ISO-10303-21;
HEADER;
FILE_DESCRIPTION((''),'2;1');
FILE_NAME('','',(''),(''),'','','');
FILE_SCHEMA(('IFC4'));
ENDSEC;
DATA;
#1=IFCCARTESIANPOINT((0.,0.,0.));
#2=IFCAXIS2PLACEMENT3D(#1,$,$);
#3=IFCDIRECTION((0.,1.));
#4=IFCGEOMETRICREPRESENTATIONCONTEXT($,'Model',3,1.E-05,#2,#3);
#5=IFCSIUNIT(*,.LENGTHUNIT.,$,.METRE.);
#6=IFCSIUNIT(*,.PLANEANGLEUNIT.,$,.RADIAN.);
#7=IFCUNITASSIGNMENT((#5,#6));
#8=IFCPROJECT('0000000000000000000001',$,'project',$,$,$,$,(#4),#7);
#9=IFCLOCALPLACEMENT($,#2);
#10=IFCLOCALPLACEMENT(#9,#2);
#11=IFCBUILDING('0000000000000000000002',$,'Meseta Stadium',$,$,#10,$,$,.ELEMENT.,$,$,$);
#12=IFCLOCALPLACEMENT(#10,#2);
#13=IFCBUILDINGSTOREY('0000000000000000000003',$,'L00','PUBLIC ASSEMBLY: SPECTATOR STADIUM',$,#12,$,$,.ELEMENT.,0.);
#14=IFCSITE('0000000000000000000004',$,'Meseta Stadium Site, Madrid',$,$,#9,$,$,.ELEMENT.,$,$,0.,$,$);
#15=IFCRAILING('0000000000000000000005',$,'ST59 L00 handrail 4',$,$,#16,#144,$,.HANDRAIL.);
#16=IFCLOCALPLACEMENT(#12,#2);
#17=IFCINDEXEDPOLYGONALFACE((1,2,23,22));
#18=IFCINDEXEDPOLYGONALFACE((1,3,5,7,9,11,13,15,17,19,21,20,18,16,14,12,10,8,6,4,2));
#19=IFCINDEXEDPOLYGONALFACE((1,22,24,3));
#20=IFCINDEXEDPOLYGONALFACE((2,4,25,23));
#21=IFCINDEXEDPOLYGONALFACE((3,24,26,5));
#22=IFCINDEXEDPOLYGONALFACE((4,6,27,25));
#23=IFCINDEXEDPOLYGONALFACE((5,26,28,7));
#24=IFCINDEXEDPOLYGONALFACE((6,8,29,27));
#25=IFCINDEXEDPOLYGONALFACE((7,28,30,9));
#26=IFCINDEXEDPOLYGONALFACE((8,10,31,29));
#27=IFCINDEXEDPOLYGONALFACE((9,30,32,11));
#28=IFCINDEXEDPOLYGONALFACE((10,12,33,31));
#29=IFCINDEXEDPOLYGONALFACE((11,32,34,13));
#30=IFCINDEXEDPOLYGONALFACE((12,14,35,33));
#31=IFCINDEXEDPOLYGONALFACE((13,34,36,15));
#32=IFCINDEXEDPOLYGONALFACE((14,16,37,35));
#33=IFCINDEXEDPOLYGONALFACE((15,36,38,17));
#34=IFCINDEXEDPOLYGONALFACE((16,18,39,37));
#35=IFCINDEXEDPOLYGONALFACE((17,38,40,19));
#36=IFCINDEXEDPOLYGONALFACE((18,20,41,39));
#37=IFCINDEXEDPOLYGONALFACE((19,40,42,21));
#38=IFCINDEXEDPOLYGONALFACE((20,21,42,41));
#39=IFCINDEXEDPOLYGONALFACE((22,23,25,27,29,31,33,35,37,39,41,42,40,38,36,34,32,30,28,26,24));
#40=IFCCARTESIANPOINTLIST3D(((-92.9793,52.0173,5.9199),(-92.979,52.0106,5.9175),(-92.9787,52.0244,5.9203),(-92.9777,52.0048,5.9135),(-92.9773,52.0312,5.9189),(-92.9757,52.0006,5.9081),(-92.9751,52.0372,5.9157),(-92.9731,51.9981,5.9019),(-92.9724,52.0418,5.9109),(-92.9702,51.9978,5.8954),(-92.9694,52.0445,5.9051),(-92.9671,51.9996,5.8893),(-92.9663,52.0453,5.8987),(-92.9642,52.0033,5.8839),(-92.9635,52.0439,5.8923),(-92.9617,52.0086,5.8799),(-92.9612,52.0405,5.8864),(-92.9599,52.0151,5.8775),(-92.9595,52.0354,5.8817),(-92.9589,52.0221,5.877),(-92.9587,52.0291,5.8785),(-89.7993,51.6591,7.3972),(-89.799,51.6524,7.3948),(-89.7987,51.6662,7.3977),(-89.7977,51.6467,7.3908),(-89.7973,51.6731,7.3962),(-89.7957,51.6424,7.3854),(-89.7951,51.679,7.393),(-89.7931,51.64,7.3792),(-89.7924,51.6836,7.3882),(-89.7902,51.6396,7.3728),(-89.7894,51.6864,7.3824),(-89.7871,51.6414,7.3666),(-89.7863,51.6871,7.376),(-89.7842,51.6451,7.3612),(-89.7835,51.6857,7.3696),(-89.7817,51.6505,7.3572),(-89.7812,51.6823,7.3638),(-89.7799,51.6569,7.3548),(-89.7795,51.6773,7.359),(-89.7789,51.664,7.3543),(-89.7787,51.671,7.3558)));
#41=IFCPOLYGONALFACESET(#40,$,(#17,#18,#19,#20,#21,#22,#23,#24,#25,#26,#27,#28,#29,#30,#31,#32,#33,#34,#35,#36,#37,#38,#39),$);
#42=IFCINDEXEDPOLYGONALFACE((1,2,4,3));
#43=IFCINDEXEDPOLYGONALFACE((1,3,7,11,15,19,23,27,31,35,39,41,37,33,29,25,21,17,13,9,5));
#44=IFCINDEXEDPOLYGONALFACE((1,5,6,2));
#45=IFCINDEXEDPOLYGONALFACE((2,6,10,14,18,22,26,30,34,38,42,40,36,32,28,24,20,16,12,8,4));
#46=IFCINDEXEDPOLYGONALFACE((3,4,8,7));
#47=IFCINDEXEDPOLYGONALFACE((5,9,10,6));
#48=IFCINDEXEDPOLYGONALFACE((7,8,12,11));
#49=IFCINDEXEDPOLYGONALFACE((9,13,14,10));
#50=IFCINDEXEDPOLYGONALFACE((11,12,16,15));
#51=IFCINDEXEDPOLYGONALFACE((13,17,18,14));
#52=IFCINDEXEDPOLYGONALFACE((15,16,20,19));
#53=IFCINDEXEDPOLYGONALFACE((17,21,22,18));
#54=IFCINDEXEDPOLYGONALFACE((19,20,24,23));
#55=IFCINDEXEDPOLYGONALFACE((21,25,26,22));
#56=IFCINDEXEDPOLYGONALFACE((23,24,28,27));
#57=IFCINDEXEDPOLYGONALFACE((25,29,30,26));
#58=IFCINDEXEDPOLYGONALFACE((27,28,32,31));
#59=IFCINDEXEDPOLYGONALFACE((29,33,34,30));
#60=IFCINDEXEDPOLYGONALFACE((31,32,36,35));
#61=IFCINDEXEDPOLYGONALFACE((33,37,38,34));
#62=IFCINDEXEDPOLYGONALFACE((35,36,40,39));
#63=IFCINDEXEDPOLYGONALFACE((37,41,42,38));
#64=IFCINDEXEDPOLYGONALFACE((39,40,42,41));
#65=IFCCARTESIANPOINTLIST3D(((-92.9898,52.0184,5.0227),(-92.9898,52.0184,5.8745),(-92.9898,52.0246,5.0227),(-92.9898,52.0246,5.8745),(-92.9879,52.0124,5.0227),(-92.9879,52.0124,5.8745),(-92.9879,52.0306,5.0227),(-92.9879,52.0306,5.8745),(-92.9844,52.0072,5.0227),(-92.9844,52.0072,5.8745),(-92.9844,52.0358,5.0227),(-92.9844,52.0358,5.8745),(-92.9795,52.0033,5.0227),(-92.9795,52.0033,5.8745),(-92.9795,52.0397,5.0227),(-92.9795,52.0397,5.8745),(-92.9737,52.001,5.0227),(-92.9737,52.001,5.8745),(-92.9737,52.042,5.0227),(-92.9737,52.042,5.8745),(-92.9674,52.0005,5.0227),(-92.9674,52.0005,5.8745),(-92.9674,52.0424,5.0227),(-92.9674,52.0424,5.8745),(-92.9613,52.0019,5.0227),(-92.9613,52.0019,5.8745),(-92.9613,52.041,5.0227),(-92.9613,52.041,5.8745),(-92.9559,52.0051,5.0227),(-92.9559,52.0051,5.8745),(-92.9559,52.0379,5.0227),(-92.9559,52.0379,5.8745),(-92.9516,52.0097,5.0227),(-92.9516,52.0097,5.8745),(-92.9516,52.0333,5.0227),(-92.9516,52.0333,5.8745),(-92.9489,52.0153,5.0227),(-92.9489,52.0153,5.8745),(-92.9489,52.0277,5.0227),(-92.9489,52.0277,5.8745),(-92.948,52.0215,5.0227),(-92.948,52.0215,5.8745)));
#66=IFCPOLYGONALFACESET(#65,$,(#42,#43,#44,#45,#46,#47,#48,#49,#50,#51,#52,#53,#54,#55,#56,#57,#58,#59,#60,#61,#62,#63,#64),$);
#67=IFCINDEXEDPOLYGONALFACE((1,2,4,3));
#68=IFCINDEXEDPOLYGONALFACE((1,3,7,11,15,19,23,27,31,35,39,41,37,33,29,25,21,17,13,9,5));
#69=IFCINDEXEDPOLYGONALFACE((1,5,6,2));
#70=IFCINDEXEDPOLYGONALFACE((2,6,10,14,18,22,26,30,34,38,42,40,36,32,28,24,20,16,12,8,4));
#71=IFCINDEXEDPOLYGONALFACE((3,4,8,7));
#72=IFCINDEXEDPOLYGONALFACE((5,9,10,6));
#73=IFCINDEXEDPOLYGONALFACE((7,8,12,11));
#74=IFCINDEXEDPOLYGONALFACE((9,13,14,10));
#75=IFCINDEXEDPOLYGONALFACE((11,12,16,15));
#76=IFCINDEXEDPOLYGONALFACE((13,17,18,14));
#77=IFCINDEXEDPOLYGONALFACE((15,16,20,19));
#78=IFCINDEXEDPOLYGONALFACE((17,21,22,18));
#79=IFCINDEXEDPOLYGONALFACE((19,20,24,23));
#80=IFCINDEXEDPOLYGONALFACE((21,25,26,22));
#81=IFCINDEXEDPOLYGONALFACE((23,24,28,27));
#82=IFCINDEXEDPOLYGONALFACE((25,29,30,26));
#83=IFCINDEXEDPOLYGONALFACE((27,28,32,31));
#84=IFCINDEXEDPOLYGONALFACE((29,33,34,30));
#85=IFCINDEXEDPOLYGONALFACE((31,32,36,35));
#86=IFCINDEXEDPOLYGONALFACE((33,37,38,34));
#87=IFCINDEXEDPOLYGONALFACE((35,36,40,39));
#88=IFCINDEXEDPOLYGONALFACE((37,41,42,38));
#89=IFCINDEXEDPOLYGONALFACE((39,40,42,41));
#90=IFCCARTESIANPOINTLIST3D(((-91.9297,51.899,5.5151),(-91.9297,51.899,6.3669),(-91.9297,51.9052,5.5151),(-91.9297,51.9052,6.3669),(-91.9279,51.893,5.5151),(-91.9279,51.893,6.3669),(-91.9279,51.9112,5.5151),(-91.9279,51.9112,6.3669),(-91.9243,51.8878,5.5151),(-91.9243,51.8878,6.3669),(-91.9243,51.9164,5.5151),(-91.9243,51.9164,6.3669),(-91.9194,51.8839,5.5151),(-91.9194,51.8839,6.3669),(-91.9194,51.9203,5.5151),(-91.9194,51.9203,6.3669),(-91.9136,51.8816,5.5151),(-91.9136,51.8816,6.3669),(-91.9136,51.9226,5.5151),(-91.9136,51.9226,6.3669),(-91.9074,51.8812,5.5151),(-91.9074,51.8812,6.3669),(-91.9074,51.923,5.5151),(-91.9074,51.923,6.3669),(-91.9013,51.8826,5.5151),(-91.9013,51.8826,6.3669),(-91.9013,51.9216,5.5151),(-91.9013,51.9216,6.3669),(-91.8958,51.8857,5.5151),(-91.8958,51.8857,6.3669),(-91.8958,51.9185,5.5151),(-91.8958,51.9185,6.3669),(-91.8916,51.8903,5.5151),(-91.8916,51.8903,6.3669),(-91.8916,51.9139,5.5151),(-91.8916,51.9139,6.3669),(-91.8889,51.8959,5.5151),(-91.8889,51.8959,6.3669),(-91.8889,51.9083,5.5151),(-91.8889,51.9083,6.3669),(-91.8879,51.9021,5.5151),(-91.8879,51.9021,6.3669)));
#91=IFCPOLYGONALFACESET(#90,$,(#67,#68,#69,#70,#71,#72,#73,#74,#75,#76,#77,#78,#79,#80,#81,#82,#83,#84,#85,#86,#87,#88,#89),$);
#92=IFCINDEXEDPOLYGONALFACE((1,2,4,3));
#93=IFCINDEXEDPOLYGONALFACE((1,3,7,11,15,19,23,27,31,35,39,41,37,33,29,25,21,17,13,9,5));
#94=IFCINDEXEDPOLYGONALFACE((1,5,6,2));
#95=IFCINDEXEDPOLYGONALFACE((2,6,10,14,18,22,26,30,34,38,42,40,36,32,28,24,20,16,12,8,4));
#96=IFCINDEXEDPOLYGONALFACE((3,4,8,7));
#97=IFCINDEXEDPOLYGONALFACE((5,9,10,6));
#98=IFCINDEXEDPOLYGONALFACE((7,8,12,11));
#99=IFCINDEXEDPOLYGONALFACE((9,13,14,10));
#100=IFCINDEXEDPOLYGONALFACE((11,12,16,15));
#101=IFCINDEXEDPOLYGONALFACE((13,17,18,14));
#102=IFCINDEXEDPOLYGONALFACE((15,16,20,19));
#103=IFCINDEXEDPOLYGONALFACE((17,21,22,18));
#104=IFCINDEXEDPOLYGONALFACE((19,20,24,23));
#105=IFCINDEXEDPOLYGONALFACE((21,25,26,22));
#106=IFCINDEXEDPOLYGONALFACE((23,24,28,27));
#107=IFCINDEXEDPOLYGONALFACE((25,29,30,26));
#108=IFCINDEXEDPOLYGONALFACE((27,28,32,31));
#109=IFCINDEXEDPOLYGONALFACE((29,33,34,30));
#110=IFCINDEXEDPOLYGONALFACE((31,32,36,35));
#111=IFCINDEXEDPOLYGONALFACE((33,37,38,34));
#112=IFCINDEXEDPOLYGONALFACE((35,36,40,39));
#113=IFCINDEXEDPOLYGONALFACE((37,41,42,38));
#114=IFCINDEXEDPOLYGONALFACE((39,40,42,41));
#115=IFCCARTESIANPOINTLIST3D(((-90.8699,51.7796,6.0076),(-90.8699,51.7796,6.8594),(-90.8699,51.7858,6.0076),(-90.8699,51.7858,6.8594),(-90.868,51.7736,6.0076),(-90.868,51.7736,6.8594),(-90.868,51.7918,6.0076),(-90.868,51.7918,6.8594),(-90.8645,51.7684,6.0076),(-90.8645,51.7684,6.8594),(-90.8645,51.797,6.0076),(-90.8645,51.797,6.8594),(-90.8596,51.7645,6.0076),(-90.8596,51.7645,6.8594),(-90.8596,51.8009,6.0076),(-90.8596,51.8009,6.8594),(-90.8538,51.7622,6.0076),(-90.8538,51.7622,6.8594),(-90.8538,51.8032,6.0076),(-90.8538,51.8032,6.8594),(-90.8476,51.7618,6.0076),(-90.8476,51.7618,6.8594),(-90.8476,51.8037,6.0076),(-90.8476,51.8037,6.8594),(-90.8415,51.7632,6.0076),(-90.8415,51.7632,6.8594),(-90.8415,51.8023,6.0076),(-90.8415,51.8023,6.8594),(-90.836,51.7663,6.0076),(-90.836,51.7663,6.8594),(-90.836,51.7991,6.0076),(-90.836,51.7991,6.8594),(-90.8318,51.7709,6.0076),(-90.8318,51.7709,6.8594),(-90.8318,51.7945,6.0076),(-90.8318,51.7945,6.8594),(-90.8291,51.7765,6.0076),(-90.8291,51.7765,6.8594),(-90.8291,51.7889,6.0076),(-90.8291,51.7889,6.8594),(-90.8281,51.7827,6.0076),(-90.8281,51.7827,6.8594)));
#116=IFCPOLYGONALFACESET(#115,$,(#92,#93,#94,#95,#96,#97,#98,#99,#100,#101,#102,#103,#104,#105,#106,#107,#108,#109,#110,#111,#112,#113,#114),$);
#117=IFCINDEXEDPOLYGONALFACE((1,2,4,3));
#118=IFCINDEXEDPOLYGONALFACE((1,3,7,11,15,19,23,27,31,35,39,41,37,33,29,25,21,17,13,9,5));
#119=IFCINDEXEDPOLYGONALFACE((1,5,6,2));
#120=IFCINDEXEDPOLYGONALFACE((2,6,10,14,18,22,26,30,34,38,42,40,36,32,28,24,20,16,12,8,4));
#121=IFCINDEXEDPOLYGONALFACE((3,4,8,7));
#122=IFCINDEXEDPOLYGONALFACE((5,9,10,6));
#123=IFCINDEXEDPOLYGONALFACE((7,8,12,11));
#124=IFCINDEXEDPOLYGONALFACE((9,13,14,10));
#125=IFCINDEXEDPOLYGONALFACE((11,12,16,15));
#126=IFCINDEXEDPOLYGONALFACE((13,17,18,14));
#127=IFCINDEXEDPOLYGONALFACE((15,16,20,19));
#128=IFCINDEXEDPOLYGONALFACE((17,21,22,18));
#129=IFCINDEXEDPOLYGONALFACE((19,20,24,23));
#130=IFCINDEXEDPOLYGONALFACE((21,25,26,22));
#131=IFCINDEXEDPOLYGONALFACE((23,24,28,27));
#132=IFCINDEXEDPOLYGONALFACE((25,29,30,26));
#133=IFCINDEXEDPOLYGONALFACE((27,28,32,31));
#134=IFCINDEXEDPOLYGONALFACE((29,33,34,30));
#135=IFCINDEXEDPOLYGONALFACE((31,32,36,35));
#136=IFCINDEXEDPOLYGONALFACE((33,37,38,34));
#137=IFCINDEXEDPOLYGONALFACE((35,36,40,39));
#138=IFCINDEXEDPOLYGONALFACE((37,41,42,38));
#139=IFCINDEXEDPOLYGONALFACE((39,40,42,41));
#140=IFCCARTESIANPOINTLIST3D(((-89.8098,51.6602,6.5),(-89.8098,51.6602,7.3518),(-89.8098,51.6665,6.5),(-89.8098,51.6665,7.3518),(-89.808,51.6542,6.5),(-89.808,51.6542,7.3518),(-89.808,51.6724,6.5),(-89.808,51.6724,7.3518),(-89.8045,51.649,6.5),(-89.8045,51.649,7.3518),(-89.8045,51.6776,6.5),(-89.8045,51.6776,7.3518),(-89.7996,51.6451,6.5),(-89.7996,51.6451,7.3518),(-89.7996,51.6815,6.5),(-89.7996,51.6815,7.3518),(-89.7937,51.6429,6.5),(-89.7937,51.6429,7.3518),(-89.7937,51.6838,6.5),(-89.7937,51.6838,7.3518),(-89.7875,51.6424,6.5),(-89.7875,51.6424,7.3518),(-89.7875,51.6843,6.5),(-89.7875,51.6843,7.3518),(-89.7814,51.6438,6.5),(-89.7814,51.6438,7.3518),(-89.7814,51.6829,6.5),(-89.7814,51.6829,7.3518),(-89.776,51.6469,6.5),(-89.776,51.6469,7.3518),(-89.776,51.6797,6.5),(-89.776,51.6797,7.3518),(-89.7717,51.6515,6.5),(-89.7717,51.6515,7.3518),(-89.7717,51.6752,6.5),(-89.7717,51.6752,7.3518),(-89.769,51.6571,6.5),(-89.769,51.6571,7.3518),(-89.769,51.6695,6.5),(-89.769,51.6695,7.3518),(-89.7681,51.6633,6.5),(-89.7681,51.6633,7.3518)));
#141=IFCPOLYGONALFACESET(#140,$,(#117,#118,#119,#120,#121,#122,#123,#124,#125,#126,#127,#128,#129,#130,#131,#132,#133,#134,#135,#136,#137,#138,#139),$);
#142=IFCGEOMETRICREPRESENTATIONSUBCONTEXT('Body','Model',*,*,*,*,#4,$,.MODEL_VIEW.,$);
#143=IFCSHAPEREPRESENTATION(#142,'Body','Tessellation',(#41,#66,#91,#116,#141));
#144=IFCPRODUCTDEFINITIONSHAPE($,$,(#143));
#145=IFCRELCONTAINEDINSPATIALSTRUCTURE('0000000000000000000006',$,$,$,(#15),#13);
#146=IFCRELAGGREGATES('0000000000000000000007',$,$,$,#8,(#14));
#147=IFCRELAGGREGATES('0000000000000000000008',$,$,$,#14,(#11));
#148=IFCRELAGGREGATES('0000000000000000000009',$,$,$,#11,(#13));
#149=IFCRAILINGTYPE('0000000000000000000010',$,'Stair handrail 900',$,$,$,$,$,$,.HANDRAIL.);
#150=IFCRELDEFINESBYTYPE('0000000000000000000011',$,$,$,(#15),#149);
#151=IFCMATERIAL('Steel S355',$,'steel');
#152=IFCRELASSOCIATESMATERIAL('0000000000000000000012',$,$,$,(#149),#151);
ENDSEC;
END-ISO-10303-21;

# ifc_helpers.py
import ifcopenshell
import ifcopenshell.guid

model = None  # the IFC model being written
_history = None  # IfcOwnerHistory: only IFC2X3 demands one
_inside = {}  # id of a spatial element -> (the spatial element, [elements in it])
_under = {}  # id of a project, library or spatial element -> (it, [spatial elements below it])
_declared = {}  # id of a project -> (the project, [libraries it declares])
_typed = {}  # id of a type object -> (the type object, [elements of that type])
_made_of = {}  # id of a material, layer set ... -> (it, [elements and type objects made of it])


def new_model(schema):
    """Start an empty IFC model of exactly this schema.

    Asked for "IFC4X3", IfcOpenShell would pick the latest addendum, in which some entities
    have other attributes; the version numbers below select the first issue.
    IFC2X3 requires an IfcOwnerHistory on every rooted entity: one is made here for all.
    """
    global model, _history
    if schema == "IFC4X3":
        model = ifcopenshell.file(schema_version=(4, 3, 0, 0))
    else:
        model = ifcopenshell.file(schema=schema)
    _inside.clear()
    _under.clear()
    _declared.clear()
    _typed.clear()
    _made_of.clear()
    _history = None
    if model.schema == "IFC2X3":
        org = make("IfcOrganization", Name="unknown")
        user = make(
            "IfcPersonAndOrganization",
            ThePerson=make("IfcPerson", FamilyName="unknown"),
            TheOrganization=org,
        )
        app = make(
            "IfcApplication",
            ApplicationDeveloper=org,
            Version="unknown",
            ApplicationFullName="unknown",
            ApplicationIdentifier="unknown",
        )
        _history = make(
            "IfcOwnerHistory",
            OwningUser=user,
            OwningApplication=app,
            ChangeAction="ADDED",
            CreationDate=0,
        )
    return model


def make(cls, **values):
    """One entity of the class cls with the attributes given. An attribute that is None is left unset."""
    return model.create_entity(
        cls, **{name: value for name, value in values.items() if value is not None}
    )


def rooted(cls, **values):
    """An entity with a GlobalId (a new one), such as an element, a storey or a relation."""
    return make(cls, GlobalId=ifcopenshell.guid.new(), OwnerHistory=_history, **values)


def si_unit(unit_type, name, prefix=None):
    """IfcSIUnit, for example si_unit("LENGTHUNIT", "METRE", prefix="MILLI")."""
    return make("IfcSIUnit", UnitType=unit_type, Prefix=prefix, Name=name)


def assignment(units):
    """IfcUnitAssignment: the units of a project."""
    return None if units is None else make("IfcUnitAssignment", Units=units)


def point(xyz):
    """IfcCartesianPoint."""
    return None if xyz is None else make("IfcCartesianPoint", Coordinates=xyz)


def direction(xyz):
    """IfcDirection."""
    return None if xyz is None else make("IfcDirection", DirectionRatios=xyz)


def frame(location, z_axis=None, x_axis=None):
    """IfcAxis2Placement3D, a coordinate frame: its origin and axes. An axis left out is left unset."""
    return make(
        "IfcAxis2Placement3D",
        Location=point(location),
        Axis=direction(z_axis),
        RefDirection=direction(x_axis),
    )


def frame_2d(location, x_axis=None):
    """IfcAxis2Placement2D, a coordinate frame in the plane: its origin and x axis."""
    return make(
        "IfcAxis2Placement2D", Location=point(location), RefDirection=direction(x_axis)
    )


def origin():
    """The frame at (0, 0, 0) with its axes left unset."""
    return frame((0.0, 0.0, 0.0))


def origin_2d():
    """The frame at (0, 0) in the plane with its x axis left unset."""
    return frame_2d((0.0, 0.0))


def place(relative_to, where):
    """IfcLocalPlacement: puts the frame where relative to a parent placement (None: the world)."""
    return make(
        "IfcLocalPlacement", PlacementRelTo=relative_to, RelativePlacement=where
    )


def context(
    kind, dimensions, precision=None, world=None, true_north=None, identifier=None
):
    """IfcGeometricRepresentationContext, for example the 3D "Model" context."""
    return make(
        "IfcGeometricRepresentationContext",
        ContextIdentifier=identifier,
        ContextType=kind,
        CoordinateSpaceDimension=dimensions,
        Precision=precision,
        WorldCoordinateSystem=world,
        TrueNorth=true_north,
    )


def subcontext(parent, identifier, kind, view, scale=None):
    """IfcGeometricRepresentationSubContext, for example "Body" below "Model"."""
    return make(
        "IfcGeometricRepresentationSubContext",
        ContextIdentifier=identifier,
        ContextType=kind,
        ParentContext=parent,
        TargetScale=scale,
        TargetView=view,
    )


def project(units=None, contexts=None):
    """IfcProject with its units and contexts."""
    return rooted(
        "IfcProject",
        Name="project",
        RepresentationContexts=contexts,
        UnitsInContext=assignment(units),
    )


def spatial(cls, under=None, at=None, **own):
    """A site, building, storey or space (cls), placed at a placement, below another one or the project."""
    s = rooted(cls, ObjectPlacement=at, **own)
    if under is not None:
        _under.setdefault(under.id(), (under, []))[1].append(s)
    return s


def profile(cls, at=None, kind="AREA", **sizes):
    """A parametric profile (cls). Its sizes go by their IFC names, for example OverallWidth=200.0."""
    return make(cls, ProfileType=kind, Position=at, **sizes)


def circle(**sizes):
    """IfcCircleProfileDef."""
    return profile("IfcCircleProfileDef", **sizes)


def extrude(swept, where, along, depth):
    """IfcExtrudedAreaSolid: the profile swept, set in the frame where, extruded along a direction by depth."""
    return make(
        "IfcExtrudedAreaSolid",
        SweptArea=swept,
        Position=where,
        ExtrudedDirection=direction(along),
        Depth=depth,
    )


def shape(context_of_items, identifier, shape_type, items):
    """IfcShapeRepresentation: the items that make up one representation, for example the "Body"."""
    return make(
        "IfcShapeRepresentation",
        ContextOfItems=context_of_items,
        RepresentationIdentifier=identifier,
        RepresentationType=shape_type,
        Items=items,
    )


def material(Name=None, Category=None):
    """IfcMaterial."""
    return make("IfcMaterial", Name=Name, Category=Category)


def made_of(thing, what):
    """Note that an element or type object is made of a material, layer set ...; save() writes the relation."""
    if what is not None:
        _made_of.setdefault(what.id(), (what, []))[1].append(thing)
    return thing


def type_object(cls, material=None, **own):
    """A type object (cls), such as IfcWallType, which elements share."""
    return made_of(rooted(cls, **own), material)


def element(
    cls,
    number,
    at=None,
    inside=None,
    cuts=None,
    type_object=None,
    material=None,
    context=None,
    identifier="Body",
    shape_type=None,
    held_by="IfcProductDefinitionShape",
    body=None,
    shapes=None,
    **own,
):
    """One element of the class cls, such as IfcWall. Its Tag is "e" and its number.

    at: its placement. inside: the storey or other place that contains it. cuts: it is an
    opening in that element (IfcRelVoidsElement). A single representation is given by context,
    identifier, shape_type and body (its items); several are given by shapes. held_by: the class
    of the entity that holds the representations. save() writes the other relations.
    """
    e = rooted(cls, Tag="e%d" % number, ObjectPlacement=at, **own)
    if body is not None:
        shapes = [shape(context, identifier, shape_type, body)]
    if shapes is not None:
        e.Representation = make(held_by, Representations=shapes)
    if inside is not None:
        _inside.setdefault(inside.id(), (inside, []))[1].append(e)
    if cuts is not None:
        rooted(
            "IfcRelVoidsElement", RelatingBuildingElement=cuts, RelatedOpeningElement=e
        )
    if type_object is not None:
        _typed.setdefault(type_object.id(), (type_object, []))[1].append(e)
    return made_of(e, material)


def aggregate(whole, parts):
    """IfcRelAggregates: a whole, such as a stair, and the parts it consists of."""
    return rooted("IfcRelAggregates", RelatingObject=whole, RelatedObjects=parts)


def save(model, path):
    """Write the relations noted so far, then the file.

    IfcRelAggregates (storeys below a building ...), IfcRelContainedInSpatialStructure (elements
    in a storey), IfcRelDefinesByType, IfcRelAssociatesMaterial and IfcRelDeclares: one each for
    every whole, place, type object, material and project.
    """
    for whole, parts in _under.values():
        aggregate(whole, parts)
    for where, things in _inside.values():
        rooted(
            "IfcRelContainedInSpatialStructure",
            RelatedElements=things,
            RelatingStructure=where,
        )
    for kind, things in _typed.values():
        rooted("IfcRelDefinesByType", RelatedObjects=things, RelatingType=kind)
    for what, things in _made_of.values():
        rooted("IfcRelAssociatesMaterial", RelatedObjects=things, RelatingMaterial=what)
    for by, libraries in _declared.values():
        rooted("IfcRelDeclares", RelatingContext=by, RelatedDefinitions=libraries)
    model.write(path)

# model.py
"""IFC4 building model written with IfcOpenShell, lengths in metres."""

from ifc_helpers import new_model, si_unit, direction, frame, origin, origin_2d, place, context, subcontext, project, spatial, circle, extrude, material, type_object, element, save


model = new_model("IFC4")

# Units and contexts
model_context = context("Model", 3, precision=1e-05, world=origin(), true_north=direction((0.0, 1.0)))
body_context = subcontext(model_context, "Body", "Model", "MODEL_VIEW")
ifc_project = project(units=[si_unit("LENGTHUNIT", "METRE"), si_unit("PLANEANGLEUNIT", "RADIAN")], contexts=[model_context])

# Site, building, storey
site_placement = place(None, origin())
site = spatial("IfcSite", under=ifc_project, at=site_placement, Name="Meseta Stadium Site, Madrid", CompositionType="ELEMENT", RefElevation=0.0)
building_placement = place(site_placement, origin())
building = spatial("IfcBuilding", under=site, at=building_placement, Name="Meseta Stadium", CompositionType="ELEMENT")
storey_placement = place(building_placement, origin())
storey = spatial("IfcBuildingStorey", under=building, at=storey_placement, Name="L00", Description="PUBLIC ASSEMBLY: SPECTATOR STADIUM", CompositionType="ELEMENT", Elevation=0.0)

# Railing
ifc_material_1 = material(Name="Steel S355", Category="steel")
railing_type_1 = type_object("IfcRailingType", Name="Stair handrail 900", PredefinedType="HANDRAIL", material=ifc_material_1)
for number, where, name in (
    (1, (-92.969, 52.0215, 5.0227), "ST59 L00 handrail 4"),
):
    element("IfcRailing", number, at=place(storey_placement, frame(where)), inside=storey, type_object=railing_type_1, Name=name, PredefinedType="HANDRAIL", context=body_context, shape_type="SweptSolid", body=[
        extrude(circle(Radius=0.0239, at=origin_2d()), frame((0.0, 0.0, 0.876), z_axis=(0.902217, -0.101616, 0.419141), x_axis=(0.111922, 0.993717, 0.0)), (0.0, 0.0, 1.0), 3.5247),
        extrude(circle(Radius=0.021, at=origin_2d()), origin(), (0.0, 0.0, 1.0), 0.8518),
        extrude(circle(Radius=0.021, at=origin_2d()), frame((1.0601, -0.1194, 0.4924)), (0.0, 0.0, 1.0), 0.8518),
        extrude(circle(Radius=0.021, at=origin_2d()), frame((2.1199, -0.2388, 0.9849)), (0.0, 0.0, 1.0), 0.8518),
        extrude(circle(Radius=0.021, at=origin_2d()), frame((3.1799, -0.3582, 1.4773)), (0.0, 0.0, 1.0), 0.8518),
    ])

save(model, "model.ifc")
